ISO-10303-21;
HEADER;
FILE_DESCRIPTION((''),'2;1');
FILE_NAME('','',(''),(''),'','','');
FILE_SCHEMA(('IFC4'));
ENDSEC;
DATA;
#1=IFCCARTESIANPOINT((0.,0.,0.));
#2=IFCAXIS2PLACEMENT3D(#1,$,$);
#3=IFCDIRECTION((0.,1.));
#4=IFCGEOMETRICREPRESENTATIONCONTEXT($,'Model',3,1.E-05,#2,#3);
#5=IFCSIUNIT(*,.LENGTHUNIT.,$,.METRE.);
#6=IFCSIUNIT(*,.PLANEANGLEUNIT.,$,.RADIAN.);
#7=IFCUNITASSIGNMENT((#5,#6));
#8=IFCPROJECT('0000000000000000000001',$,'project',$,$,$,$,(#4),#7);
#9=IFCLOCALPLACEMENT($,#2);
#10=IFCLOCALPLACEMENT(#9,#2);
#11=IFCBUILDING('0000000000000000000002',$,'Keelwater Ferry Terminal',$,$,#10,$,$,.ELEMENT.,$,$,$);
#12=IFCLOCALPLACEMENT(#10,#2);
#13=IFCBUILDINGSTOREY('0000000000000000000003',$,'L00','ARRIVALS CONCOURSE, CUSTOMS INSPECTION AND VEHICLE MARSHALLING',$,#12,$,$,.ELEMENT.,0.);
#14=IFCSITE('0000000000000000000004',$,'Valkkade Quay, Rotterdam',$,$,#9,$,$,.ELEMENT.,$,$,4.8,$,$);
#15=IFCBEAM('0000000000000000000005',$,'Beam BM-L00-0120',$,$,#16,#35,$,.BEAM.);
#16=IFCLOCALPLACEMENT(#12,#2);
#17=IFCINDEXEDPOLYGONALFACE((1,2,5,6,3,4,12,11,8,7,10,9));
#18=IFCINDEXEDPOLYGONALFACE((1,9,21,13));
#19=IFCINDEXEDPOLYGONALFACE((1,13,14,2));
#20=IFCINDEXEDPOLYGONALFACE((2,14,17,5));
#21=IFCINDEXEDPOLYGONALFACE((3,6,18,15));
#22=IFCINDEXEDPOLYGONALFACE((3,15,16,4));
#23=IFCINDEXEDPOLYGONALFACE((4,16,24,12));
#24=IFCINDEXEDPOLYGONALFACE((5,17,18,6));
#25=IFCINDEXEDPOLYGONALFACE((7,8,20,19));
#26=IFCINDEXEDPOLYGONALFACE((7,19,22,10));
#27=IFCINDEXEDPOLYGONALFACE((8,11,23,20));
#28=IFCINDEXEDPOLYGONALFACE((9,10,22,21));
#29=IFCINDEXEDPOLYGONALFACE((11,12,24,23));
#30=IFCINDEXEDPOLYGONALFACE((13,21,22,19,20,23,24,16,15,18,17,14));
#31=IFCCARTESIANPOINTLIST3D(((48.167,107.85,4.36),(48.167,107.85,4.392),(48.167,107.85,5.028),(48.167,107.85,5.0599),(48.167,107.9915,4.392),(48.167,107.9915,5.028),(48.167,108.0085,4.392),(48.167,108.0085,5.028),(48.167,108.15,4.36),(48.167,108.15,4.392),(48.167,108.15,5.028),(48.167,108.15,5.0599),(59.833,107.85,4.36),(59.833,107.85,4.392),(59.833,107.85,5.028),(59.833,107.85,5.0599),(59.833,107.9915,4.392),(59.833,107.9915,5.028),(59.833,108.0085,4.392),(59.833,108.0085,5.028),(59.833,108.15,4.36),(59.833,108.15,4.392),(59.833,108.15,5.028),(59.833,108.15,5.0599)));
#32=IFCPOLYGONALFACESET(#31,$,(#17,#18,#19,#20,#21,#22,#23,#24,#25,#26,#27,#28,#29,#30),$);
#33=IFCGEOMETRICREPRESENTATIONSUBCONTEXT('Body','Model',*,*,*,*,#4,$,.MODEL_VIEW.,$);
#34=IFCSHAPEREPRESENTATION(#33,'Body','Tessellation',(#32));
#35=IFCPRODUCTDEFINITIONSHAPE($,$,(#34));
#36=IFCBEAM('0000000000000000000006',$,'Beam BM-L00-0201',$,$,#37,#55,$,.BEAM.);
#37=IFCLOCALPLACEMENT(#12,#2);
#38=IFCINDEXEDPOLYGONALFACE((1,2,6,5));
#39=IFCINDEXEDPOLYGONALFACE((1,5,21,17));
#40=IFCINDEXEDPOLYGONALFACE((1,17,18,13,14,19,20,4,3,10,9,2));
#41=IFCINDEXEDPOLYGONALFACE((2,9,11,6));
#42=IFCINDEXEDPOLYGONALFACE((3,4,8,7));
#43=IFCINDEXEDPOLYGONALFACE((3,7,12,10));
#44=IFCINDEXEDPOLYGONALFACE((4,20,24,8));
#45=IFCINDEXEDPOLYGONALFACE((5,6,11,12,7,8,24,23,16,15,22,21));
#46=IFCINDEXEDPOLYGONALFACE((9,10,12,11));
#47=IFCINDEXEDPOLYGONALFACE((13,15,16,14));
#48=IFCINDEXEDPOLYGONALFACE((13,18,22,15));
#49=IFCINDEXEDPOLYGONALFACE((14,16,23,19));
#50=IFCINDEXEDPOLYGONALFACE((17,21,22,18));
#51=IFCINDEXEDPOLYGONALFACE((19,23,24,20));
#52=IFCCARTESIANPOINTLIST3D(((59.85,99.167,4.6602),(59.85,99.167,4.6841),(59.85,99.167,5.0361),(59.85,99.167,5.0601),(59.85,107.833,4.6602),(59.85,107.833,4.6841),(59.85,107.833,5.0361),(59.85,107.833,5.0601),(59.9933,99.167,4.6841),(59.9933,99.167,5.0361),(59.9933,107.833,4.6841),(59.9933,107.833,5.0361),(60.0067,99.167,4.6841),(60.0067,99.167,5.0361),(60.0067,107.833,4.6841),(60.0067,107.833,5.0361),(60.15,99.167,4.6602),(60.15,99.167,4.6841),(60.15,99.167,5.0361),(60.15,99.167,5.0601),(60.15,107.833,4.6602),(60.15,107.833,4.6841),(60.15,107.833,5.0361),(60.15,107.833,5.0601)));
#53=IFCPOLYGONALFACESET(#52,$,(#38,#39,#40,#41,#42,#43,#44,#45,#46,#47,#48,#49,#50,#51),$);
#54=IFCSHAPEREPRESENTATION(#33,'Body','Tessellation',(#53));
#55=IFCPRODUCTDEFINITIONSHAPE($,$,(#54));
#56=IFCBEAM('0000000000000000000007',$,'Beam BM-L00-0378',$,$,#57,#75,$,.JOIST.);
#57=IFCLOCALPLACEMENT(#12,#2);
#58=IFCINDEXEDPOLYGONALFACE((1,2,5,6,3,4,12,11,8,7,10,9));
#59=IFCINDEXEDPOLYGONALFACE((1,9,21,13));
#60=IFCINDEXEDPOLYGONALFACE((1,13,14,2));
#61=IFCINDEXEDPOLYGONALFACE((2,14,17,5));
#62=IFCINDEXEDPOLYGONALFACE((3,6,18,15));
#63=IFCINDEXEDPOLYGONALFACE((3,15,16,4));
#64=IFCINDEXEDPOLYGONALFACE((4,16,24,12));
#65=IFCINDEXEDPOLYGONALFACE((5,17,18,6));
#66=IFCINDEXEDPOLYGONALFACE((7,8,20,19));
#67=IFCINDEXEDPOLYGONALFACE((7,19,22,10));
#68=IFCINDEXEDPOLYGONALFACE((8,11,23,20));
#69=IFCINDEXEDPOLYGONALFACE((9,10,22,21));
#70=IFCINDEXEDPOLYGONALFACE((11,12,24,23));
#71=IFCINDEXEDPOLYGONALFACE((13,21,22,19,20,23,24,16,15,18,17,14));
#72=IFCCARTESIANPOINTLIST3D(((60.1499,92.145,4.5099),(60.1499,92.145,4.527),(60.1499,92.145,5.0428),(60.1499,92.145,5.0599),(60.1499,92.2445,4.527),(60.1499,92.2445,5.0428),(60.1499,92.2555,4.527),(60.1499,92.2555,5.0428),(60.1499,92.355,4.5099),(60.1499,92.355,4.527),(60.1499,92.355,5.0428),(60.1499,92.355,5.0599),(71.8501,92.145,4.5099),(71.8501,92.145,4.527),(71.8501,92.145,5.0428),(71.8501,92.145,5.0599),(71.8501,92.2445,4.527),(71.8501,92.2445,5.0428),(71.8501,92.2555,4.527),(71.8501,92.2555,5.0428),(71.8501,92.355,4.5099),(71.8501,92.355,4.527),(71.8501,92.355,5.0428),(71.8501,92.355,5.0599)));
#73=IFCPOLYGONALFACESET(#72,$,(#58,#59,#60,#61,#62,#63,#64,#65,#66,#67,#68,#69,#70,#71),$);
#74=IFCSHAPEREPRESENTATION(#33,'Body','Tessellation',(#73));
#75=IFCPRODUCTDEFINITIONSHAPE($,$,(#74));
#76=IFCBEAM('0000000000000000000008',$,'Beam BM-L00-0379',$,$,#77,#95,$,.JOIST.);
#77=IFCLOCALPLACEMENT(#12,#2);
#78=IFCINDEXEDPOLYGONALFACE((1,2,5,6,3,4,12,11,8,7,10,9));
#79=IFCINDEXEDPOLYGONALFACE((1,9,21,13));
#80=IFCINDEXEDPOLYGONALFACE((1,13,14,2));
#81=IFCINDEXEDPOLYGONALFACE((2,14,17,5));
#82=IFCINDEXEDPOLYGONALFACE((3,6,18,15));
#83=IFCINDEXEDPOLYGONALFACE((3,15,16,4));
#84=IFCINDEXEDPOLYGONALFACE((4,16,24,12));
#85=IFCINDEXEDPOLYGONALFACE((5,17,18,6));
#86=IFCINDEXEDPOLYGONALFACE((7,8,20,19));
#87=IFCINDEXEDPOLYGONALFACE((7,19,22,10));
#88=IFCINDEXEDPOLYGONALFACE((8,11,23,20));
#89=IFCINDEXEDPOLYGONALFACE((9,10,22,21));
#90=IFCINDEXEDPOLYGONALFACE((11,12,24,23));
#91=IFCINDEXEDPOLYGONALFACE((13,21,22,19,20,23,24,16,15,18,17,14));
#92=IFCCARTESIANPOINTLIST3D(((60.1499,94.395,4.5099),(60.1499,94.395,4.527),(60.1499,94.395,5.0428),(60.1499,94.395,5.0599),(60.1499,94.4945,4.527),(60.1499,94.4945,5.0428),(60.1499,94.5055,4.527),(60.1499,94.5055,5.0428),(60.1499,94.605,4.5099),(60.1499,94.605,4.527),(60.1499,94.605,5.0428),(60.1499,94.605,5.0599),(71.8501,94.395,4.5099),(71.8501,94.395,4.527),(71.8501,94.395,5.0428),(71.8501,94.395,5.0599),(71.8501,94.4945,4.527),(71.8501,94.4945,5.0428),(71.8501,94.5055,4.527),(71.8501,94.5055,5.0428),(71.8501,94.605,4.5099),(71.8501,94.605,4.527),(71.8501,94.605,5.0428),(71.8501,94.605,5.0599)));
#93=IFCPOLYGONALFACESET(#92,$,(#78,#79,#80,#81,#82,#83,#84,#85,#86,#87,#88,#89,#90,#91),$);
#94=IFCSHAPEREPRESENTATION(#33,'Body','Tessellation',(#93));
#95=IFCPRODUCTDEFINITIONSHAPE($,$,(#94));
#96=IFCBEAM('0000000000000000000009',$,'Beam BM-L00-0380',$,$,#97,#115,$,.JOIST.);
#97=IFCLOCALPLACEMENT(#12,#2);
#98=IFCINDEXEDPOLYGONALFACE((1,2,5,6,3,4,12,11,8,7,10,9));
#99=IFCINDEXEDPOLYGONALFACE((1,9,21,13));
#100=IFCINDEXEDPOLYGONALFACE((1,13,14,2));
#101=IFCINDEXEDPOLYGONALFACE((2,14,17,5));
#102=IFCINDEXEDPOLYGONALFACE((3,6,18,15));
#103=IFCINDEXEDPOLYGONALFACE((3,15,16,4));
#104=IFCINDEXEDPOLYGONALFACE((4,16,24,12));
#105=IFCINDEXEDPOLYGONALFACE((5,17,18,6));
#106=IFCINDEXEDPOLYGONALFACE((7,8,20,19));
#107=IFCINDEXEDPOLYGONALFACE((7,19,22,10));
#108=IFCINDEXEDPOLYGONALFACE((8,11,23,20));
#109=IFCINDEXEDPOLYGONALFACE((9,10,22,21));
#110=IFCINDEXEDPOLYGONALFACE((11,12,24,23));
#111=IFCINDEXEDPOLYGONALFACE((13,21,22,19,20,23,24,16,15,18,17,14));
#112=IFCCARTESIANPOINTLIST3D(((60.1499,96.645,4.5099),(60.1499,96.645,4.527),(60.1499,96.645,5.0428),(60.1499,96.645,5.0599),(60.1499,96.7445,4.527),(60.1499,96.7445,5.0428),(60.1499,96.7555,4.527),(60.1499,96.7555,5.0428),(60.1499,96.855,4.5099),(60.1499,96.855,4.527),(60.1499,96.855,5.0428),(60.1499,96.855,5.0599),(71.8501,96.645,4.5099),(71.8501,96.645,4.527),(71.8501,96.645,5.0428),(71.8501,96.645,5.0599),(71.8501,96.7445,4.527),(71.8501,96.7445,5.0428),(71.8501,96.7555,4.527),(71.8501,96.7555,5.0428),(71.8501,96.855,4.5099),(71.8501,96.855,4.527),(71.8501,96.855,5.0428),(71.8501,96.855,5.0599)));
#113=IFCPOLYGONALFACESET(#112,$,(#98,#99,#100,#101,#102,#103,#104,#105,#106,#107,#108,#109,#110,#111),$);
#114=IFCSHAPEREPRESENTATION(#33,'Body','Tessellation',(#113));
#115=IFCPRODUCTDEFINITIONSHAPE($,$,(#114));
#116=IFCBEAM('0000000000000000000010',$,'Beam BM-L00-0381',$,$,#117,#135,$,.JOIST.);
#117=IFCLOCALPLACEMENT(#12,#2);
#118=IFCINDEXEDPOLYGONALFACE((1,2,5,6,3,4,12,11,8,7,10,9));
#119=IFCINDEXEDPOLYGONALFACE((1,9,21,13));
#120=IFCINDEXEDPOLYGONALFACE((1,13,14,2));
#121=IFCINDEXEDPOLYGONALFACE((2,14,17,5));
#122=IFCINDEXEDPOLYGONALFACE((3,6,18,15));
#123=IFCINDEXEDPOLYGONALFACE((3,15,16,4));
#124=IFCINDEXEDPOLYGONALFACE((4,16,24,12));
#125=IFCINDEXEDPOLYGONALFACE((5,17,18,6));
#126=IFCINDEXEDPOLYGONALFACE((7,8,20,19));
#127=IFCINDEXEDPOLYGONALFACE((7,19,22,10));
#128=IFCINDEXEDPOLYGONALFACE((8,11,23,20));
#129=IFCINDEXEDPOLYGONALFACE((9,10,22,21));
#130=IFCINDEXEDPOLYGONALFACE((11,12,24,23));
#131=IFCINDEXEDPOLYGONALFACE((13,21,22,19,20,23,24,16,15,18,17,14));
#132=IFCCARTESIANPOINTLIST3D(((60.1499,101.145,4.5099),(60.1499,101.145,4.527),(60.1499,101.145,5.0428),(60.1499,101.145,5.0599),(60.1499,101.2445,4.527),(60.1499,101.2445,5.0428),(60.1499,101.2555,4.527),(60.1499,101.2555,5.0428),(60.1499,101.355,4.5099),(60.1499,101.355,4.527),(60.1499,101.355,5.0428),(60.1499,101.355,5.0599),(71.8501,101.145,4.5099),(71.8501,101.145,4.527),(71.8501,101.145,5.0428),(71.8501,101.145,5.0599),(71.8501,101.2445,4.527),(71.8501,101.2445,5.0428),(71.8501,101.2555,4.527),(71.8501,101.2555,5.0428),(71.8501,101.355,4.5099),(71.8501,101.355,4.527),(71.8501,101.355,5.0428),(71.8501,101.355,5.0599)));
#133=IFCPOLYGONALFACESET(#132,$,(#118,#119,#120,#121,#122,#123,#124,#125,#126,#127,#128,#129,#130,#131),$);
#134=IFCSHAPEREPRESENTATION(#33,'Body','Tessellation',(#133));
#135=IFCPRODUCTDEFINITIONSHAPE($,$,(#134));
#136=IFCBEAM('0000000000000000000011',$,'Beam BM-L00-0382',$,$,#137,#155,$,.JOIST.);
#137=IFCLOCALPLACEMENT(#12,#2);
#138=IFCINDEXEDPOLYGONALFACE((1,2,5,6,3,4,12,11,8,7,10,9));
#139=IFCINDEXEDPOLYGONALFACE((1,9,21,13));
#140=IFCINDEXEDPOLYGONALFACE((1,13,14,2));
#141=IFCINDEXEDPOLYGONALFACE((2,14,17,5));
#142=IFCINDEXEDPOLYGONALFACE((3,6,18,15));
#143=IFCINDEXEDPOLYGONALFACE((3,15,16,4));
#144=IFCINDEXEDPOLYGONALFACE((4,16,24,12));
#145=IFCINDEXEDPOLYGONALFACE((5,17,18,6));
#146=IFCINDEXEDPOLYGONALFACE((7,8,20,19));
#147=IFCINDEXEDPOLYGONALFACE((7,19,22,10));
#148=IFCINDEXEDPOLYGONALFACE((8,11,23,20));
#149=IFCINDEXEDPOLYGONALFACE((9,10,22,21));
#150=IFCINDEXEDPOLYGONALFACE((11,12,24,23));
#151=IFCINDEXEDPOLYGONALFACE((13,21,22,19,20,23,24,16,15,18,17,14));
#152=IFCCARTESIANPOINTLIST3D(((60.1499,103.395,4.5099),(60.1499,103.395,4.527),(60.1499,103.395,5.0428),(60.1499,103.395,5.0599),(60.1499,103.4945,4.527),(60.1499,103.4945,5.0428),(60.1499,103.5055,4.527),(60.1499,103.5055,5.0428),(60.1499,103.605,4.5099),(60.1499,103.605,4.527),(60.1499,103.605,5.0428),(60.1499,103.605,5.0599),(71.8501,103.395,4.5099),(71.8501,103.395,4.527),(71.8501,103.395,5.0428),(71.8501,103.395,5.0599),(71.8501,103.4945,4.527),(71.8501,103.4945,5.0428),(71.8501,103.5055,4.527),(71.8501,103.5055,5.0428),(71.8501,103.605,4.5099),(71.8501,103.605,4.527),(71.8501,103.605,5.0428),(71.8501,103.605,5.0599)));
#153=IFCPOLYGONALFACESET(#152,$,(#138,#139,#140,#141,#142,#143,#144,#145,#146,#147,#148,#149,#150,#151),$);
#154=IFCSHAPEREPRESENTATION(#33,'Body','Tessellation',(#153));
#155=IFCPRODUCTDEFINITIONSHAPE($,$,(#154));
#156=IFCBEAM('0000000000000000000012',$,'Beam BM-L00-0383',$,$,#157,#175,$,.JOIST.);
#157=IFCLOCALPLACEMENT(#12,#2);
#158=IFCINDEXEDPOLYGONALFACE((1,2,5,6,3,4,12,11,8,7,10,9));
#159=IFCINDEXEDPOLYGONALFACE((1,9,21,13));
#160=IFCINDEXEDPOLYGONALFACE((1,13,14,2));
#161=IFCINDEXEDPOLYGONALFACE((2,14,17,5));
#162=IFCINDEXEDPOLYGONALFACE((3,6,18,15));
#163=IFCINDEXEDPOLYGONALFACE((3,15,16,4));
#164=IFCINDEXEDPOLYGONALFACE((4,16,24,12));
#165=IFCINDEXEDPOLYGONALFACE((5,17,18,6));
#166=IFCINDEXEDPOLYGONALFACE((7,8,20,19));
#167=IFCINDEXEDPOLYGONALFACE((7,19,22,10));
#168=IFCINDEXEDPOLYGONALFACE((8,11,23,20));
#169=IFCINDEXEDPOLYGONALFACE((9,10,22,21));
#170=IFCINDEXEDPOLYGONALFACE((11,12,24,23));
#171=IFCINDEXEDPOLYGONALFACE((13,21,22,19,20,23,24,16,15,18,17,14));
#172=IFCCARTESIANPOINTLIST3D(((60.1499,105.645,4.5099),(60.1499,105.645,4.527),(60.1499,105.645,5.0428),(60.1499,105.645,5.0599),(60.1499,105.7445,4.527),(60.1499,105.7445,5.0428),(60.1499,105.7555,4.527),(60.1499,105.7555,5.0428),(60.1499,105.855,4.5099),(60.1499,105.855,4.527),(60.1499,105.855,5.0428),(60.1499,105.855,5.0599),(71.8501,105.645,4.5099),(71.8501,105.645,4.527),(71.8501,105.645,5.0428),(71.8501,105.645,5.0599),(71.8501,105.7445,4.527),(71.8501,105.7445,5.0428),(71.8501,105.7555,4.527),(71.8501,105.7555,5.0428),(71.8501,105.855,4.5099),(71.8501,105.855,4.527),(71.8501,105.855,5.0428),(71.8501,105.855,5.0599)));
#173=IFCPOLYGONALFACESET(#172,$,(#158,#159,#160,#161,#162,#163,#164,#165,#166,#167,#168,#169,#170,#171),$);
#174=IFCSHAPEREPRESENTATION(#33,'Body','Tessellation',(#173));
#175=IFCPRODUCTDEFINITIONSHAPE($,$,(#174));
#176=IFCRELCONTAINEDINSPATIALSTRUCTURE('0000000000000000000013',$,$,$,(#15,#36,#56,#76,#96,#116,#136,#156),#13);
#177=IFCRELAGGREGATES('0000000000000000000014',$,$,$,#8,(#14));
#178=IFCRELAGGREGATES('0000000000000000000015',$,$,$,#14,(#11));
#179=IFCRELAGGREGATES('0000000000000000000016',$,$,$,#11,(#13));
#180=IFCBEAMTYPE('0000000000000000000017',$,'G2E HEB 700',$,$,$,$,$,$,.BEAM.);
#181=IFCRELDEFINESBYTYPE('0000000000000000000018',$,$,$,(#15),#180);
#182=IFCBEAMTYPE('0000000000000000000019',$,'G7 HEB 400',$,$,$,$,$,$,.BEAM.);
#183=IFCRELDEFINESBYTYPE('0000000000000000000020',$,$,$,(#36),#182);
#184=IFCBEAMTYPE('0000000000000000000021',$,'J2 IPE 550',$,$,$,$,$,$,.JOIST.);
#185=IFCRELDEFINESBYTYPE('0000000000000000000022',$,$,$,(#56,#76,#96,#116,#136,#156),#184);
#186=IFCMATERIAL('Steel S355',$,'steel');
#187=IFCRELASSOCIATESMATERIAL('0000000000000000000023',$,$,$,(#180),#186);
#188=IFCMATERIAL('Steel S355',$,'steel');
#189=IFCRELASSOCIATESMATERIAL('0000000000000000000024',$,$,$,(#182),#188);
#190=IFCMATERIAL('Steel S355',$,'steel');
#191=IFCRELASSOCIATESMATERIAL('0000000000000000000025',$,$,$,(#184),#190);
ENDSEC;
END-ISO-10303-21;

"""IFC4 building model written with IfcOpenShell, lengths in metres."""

from ifc_helpers import new_model, si_unit, direction, frame, origin, origin_2d, place, context, subcontext, project, spatial, i_section, extrude, material, material_profile, profile_set, type_object, element, save


model = new_model("IFC4")

# Units and contexts
model_context = context("Model", 3, precision=1e-05, world=origin(), true_north=direction((0.0, 1.0)))
body_context = subcontext(model_context, "Body", "Model", "MODEL_VIEW")
ifc_project = project(units=[si_unit("LENGTHUNIT", "METRE"), si_unit("PLANEANGLEUNIT", "RADIAN")], contexts=[model_context])

# Site, building, storey
site_placement = place(None, origin())
site = spatial("IfcSite", under=ifc_project, at=site_placement, Name="Valkkade Quay, Rotterdam", CompositionType="ELEMENT", RefElevation=4.8)
building_placement = place(site_placement, origin())
building = spatial("IfcBuilding", under=site, at=building_placement, Name="Keelwater Ferry Terminal", CompositionType="ELEMENT")
storey_placement = place(building_placement, origin())
storey = spatial("IfcBuildingStorey", under=building, at=storey_placement, Name="L00", Description="ARRIVALS CONCOURSE, CUSTOMS INSPECTION AND VEHICLE MARSHALLING", CompositionType="ELEMENT", Elevation=0.0)

# Beams
ifc_material_1 = material(Name="Steel S355", Category="steel")
ifc_material_profile_1 = material_profile(ifc_material_1, i_section(OverallWidth=0.3, OverallDepth=0.7, WebThickness=0.0171, FlangeThickness=0.032, at=origin_2d()), Name="HEB 700")
ifc_profile_set_1 = profile_set([ifc_material_profile_1], Name="Steel S355")
beam_type_1 = type_object("IfcBeamType", Name="G2E HEB 700", PredefinedType="BEAM", material=ifc_profile_set_1)
for number, where, z_axis, x_axis, name in (
    (1, (48.167, 108.0, 4.71), (1.0, 0.0, 0.0), (0.0, 1.0, 0.0), "Beam BM-L00-0120"),
):
    element("IfcBeam", number, at=place(storey_placement, frame(where, z_axis=z_axis, x_axis=x_axis)), inside=storey, type_object=beam_type_1, Name=name, PredefinedType="BEAM", context=body_context, shape_type="SweptSolid", body=[
        extrude(i_section(OverallWidth=0.3, OverallDepth=0.7, WebThickness=0.0171, FlangeThickness=0.032, at=origin_2d()), origin(), (0.0, 0.0, 1.0), 11.666),
    ])
ifc_material_2 = material(Name="Steel S355", Category="steel")
ifc_material_profile_2 = material_profile(ifc_material_2, i_section(OverallWidth=0.3, OverallDepth=0.3999, WebThickness=0.0134, FlangeThickness=0.0239, at=origin_2d()), Name="HEB 400")
ifc_profile_set_2 = profile_set([ifc_material_profile_2], Name="Steel S355")
beam_type_2 = type_object("IfcBeamType", Name="G7 HEB 400", PredefinedType="BEAM", material=ifc_profile_set_2)
beam_placement = place(storey_placement, frame((60.0, 99.167, 4.8601), z_axis=(0.0, 1.0, 0.0), x_axis=(-1.0, 0.0, 0.0)))
element("IfcBeam", 2, at=beam_placement, inside=storey, type_object=beam_type_2, Name="Beam BM-L00-0201", PredefinedType="BEAM", context=body_context, shape_type="SweptSolid", body=[
    extrude(i_section(OverallWidth=0.3, OverallDepth=0.3999, WebThickness=0.0134, FlangeThickness=0.0239, at=origin_2d()), origin(), (0.0, 0.0, 1.0), 8.666),
])
ifc_material_3 = material(Name="Steel S355", Category="steel")
ifc_material_profile_3 = material_profile(ifc_material_3, i_section(OverallWidth=0.21, OverallDepth=0.55, WebThickness=0.011, FlangeThickness=0.0171, at=origin_2d()), Name="IPE 550")
ifc_profile_set_3 = profile_set([ifc_material_profile_3], Name="Steel S355")
beam_type_3 = type_object("IfcBeamType", Name="J2 IPE 550", PredefinedType="JOIST", material=ifc_profile_set_3)
for number, where, z_axis, x_axis, name in (
    (3, (60.1499, 92.25, 4.7849), (1.0, 0.0, 0.0), (0.0, 1.0, 0.0), "Beam BM-L00-0378"),
    (4, (60.1499, 94.5, 4.7849), (1.0, 0.0, 0.0), (0.0, 1.0, 0.0), "Beam BM-L00-0379"),
    (5, (60.1499, 96.75, 4.7849), (1.0, 0.0, 0.0), (0.0, 1.0, 0.0), "Beam BM-L00-0380"),
    (6, (60.1499, 101.25, 4.7849), (1.0, 0.0, 0.0), (0.0, 1.0, 0.0), "Beam BM-L00-0381"),
    (7, (60.1499, 103.5, 4.7849), (1.0, 0.0, 0.0), (0.0, 1.0, 0.0), "Beam BM-L00-0382"),
    (8, (60.1499, 105.75, 4.7849), (1.0, 0.0, 0.0), (0.0, 1.0, 0.0), "Beam BM-L00-0383"),
):
    element("IfcBeam", number, at=place(storey_placement, frame(where, z_axis=z_axis, x_axis=x_axis)), inside=storey, type_object=beam_type_3, Name=name, PredefinedType="JOIST", context=body_context, shape_type="SweptSolid", body=[
        extrude(i_section(OverallWidth=0.21, OverallDepth=0.55, WebThickness=0.011, FlangeThickness=0.0171, at=origin_2d()), origin(), (0.0, 0.0, 1.0), 11.7002),
    ])

save(model, "model.ifc")
